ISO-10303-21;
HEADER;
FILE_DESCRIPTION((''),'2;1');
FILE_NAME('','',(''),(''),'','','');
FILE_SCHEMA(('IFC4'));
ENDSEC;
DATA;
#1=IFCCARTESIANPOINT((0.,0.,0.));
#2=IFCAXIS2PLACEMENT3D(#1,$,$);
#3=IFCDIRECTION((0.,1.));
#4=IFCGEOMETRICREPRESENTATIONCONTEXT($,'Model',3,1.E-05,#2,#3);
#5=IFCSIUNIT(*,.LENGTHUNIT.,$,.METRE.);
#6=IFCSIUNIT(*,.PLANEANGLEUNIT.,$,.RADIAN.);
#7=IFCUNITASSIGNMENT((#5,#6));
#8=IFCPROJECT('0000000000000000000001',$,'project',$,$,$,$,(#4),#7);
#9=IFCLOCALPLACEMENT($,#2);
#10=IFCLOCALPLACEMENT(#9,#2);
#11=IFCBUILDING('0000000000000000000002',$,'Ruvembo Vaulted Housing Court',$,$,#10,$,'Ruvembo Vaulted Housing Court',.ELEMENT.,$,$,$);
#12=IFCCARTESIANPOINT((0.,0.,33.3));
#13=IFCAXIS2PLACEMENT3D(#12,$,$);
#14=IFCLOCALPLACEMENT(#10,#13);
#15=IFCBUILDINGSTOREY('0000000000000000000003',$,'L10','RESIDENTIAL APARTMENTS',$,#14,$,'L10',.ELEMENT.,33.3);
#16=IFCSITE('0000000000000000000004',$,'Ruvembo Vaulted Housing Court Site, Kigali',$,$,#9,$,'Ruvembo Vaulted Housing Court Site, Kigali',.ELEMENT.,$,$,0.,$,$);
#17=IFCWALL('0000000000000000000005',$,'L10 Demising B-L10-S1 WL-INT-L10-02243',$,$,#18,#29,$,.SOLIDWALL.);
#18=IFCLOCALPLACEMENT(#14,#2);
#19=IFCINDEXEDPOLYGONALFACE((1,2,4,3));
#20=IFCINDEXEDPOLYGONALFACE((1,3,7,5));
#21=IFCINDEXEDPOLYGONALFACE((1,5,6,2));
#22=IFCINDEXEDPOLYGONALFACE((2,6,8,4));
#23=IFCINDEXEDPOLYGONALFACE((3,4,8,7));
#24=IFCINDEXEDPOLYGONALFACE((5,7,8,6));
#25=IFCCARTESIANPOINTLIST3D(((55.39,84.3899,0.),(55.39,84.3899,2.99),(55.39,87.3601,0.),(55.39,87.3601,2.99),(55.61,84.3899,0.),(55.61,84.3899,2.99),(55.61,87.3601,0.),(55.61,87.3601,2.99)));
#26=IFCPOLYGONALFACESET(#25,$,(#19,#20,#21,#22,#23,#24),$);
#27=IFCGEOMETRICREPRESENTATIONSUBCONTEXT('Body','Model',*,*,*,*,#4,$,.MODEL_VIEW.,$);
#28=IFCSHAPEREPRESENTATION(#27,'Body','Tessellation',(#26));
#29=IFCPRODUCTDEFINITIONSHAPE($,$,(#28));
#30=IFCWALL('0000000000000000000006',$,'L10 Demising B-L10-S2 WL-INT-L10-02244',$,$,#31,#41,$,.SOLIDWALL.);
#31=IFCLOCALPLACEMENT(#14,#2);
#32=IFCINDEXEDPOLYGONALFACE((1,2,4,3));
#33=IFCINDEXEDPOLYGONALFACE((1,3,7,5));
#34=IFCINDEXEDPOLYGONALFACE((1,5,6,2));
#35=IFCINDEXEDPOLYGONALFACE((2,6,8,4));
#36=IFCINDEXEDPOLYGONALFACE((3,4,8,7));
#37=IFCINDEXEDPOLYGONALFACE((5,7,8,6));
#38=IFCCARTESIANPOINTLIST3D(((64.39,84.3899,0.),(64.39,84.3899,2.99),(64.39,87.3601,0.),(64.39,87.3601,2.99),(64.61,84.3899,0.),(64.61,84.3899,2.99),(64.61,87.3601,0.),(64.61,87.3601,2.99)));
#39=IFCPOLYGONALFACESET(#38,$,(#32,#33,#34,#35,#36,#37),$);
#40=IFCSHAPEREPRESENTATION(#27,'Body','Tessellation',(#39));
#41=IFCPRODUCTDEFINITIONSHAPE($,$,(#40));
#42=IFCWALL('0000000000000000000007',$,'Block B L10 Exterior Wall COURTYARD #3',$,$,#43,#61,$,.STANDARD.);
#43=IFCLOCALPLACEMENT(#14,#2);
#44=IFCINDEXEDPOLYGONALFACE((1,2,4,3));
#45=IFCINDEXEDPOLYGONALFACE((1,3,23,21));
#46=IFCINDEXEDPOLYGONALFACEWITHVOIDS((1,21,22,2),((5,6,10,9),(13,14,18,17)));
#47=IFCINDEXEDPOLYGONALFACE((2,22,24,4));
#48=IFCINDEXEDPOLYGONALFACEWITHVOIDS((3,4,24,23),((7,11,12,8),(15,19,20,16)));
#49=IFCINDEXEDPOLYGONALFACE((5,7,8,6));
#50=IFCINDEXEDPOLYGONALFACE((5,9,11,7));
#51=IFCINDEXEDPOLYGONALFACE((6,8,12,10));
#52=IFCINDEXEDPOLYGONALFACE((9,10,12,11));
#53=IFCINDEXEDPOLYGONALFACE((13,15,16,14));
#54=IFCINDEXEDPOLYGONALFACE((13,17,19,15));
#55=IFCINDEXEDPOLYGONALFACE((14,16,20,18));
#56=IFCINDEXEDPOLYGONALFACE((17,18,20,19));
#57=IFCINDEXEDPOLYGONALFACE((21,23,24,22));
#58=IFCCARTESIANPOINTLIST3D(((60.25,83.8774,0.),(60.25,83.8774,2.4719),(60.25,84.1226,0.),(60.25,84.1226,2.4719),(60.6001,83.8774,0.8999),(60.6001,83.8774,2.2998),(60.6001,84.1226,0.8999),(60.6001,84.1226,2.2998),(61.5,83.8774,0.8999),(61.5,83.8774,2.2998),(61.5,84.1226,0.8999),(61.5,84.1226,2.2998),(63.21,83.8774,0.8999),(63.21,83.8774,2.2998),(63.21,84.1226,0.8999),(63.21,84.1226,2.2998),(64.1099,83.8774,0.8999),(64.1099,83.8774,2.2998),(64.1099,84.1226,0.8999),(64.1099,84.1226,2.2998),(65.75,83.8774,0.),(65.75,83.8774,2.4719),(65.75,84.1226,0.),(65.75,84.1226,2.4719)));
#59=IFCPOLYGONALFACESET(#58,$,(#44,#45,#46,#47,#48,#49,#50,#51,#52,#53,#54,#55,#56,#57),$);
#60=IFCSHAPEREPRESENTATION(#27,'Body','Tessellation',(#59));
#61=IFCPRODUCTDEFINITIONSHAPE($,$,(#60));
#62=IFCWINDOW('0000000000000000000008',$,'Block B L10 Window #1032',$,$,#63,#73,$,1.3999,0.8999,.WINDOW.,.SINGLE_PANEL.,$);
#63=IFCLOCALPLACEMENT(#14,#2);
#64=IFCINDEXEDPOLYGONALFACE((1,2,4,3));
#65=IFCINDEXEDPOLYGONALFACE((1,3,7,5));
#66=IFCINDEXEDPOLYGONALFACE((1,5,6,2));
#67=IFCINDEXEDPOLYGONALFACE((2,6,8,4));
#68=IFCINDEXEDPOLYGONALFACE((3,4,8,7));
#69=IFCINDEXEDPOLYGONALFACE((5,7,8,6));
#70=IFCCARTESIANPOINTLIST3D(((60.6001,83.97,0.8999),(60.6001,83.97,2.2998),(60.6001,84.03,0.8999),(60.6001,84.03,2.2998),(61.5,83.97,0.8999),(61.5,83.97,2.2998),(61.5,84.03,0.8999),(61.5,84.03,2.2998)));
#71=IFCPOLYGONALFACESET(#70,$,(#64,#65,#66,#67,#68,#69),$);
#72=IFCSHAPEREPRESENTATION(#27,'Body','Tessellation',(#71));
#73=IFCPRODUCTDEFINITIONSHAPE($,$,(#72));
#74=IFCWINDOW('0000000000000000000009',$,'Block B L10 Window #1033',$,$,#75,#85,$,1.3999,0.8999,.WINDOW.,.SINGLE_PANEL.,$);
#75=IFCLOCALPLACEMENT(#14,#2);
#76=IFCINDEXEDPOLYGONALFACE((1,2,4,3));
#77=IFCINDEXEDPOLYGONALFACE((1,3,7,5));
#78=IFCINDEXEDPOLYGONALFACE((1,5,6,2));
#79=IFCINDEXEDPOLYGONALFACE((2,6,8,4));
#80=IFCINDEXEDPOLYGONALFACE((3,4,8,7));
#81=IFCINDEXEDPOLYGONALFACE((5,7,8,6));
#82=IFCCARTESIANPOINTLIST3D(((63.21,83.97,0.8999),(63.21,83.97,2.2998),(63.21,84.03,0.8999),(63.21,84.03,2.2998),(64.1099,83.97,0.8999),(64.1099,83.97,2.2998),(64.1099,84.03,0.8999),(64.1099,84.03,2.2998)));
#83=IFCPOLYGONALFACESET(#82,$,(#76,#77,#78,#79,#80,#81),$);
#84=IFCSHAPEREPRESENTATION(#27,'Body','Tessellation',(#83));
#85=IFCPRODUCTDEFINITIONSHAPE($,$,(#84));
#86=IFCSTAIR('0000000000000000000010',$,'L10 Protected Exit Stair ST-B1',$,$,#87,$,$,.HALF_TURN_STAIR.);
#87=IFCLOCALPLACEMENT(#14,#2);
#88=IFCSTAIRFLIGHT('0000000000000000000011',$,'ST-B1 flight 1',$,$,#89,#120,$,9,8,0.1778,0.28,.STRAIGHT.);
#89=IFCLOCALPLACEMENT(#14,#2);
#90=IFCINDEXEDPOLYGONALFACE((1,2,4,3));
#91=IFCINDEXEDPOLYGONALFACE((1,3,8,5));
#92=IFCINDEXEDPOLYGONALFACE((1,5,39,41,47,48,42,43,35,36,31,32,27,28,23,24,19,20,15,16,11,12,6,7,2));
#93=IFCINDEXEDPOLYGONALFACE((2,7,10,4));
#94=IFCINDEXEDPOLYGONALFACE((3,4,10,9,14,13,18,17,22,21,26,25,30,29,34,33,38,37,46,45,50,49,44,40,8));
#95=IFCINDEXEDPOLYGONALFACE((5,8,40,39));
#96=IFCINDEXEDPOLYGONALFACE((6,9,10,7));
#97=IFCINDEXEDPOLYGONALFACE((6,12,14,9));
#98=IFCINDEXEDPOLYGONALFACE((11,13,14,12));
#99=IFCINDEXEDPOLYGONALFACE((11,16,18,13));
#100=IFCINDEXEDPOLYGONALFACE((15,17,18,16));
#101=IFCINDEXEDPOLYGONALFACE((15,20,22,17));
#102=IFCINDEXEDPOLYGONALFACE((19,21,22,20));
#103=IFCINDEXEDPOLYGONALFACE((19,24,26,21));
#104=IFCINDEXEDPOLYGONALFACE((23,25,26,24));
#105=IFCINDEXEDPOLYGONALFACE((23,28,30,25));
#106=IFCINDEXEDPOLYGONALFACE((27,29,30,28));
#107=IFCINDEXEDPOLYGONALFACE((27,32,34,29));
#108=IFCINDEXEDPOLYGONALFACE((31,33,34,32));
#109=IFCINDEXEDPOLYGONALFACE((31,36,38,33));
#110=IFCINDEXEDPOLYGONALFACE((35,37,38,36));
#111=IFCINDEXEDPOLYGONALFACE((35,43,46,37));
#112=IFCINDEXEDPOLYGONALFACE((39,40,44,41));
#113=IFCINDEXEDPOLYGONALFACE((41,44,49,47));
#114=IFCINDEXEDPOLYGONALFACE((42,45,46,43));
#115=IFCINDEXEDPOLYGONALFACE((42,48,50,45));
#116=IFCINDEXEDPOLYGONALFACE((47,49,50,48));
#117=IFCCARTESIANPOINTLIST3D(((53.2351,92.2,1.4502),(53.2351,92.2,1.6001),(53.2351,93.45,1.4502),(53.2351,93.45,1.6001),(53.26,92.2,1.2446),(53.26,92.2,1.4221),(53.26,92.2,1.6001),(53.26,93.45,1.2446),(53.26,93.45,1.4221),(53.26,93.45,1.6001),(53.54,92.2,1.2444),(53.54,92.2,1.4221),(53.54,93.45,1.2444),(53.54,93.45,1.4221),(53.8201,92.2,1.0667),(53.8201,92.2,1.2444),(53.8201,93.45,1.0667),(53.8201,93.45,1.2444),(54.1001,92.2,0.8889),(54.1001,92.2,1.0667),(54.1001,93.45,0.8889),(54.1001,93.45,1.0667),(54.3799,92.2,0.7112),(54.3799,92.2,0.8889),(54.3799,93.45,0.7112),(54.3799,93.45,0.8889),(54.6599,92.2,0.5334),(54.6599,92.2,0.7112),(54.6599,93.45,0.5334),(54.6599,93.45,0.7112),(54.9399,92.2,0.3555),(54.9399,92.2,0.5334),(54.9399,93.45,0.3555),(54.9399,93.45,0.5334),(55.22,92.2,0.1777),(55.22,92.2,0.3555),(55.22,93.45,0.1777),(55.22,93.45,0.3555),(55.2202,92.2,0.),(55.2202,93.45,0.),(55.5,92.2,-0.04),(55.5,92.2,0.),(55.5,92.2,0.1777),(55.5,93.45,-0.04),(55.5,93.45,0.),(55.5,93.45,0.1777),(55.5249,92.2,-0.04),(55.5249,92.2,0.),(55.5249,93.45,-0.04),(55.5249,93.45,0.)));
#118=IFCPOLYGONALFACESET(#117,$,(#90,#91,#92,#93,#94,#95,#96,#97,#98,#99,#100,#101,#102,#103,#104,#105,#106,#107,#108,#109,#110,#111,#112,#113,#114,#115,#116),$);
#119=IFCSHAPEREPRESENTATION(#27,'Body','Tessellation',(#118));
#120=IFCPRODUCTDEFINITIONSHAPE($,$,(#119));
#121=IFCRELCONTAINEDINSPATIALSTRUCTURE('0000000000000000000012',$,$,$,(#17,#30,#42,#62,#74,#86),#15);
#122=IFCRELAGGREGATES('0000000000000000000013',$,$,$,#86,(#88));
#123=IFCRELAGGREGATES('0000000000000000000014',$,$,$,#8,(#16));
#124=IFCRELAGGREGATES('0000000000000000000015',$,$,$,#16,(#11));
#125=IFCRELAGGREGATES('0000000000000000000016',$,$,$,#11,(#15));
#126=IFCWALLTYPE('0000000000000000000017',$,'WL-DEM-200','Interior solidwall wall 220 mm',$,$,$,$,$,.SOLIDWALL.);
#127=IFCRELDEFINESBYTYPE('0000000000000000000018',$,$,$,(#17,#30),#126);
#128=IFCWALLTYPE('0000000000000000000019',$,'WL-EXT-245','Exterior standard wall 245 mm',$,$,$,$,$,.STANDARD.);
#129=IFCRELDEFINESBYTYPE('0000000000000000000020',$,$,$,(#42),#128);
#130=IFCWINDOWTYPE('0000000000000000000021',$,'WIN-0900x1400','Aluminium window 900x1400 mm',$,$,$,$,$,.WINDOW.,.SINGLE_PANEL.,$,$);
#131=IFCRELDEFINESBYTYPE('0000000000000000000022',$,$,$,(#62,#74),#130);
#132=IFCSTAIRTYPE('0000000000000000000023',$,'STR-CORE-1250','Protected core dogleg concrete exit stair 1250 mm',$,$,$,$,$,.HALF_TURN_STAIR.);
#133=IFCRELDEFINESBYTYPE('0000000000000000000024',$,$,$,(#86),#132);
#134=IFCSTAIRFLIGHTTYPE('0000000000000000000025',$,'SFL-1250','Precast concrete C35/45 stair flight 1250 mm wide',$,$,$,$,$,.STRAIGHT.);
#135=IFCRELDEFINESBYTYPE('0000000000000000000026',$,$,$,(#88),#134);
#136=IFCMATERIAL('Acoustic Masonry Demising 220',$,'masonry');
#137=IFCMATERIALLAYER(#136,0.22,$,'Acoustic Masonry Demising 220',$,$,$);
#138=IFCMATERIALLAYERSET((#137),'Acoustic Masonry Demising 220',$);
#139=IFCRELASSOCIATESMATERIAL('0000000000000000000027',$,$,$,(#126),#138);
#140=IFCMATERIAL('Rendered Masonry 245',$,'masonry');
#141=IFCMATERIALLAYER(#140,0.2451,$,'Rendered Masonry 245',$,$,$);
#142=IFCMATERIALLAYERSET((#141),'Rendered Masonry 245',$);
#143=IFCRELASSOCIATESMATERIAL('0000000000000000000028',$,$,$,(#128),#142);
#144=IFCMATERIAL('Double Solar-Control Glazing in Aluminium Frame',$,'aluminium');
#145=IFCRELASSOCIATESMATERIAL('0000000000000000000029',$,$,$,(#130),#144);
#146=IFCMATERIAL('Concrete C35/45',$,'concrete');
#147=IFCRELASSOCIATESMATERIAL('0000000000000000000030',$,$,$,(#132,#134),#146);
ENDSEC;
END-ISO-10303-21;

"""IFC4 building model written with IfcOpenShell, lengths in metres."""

from ifc_helpers import new_model, si_unit, direction, frame, frame_2d, origin, place, context, subcontext, project, spatial, polyline, rectangle, outline, extrude, material, layer, layer_set, type_object, element, fill, aggregate, save


model = new_model("IFC4")

# Units and contexts
model_context = context("Model", 3, precision=1e-05, world=origin(), true_north=direction((0.0, 1.0)))
body_context = subcontext(model_context, "Body", "Model", "MODEL_VIEW")
ifc_project = project(units=[si_unit("LENGTHUNIT", "METRE"), si_unit("PLANEANGLEUNIT", "RADIAN")], contexts=[model_context])

# Site, building, storey
site_placement = place(None, origin())
site = spatial("IfcSite", under=ifc_project, at=site_placement, Name="Ruvembo Vaulted Housing Court Site, Kigali", LongName="Ruvembo Vaulted Housing Court Site, Kigali", CompositionType="ELEMENT", RefElevation=0.0)
building_placement = place(site_placement, origin())
building = spatial("IfcBuilding", under=site, at=building_placement, Name="Ruvembo Vaulted Housing Court", LongName="Ruvembo Vaulted Housing Court", CompositionType="ELEMENT")
storey_placement = place(building_placement, frame((0.0, 0.0, 33.3)))
storey = spatial("IfcBuildingStorey", under=building, at=storey_placement, Name="L10", Description="RESIDENTIAL APARTMENTS", LongName="L10", CompositionType="ELEMENT", Elevation=33.3)

# Shared definitions
ifc_material_1 = material(Name="Concrete C35/45", Category="concrete")

# Walls
ifc_material_2 = material(Name="Acoustic Masonry Demising 220", Category="masonry")
ifc_layer_1 = layer(ifc_material_2, 0.22, Name="Acoustic Masonry Demising 220")
ifc_layer_set_1 = layer_set([ifc_layer_1], Name="Acoustic Masonry Demising 220")
wall_type_1 = type_object("IfcWallType", Name="WL-DEM-200", Description="Interior solidwall wall 220 mm", PredefinedType="SOLIDWALL", material=ifc_layer_set_1)
for number, where, z_axis, x_axis, name in (
    (1, (55.5, 84.3899, 0.0), (0.0, 0.0, 1.0), (0.0, 1.0, 0.0), "L10 Demising B-L10-S1 WL-INT-L10-02243"),
    (2, (64.5, 84.3899, 0.0), (0.0, 0.0, 1.0), (0.0, 1.0, 0.0), "L10 Demising B-L10-S2 WL-INT-L10-02244"),
):
    element("IfcWall", number, at=place(storey_placement, frame(where, z_axis=z_axis, x_axis=x_axis)), inside=storey, type_object=wall_type_1, Name=name, PredefinedType="SOLIDWALL", context=body_context, shape_type="SweptSolid", body=[
        extrude(rectangle(XDim=2.9702, YDim=0.22, at=frame_2d((1.4851, 0.0))), origin(), (0.0, 0.0, 1.0), 2.99),
    ])

# Wall, openings, windows
ifc_material_3 = material(Name="Rendered Masonry 245", Category="masonry")
ifc_layer_2 = layer(ifc_material_3, 0.2451, Name="Rendered Masonry 245")
ifc_layer_set_2 = layer_set([ifc_layer_2], Name="Rendered Masonry 245")
wall_type_2 = type_object("IfcWallType", Name="WL-EXT-245", Description="Exterior standard wall 245 mm", PredefinedType="STANDARD", material=ifc_layer_set_2)
wall_1_placement = place(storey_placement, frame((60.25, 84.0, 0.0), z_axis=(0.0, 0.0, 1.0), x_axis=(1.0, 0.0, 0.0)))
wall_1 = element("IfcWall", 3, at=wall_1_placement, inside=storey, type_object=wall_type_2, Name="Block B L10 Exterior Wall COURTYARD #3", PredefinedType="STANDARD", context=body_context, shape_type="SweptSolid", body=[
    extrude(rectangle(XDim=5.5, YDim=0.2451, at=frame_2d((2.75, 0.0))), origin(), (0.0, 0.0, 1.0), 2.4719),
])
opening_1_placement = place(wall_1_placement, frame((0.3501, 0.0, 0.8999)))
opening_1 = element("IfcOpeningElement", 4, at=opening_1_placement, cuts=wall_1, PredefinedType="OPENING", context=body_context, shape_type="SweptSolid", body=[
    extrude(rectangle(XDim=0.8999, YDim=1.3999, at=frame_2d((0.45, 0.7))), frame((0.0, 0.1326, 0.0), z_axis=(0.0, -1.0, 0.0), x_axis=(1.0, 0.0, 0.0)), (0.0, 0.0, 1.0), 0.2651),
])
opening_2_placement = place(wall_1_placement, frame((2.96, 0.0, 0.8999)))
opening_2 = element("IfcOpeningElement", 5, at=opening_2_placement, cuts=wall_1, PredefinedType="OPENING", context=body_context, shape_type="SweptSolid", body=[
    extrude(rectangle(XDim=0.8999, YDim=1.3999, at=frame_2d((0.45, 0.7))), frame((0.0, 0.1326, 0.0), z_axis=(0.0, -1.0, 0.0), x_axis=(1.0, 0.0, 0.0)), (0.0, 0.0, 1.0), 0.2651),
])
ifc_material_4 = material(Name="Double Solar-Control Glazing in Aluminium Frame", Category="aluminium")
window_type = type_object("IfcWindowType", Name="WIN-0900x1400", Description="Aluminium window 900x1400 mm", PartitioningType="SINGLE_PANEL", PredefinedType="WINDOW", material=ifc_material_4)
window_1_placement = place(opening_1_placement, origin())
window_1 = element("IfcWindow", 6, at=window_1_placement, inside=storey, type_object=window_type, Name="Block B L10 Window #1032", OverallHeight=1.3999, OverallWidth=0.8999, PartitioningType="SINGLE_PANEL", PredefinedType="WINDOW", context=body_context, shape_type="SweptSolid", body=[
    extrude(rectangle(XDim=0.8999, YDim=1.3999, at=frame_2d((0.45, 0.7))), frame((0.0, 0.03, 0.0), z_axis=(0.0, -1.0, 0.0), x_axis=(1.0, 0.0, 0.0)), (0.0, 0.0, 1.0), 0.0601),
])
fill(opening_1, window_1)
window_2_placement = place(opening_2_placement, origin())
window_2 = element("IfcWindow", 7, at=window_2_placement, inside=storey, type_object=window_type, Name="Block B L10 Window #1033", OverallHeight=1.3999, OverallWidth=0.8999, PartitioningType="SINGLE_PANEL", PredefinedType="WINDOW", context=body_context, shape_type="SweptSolid", body=[
    extrude(rectangle(XDim=0.8999, YDim=1.3999, at=frame_2d((0.45, 0.7))), frame((0.0, 0.03, 0.0), z_axis=(0.0, -1.0, 0.0), x_axis=(1.0, 0.0, 0.0)), (0.0, 0.0, 1.0), 0.0601),
])
fill(opening_2, window_2)

# Stair, stair flight
stair_type = type_object("IfcStairType", Name="STR-CORE-1250", Description="Protected core dogleg concrete exit stair 1250 mm", PredefinedType="HALF_TURN_STAIR", material=ifc_material_1)
stair_placement = place(storey_placement, origin())
stair = element("IfcStair", 8, at=stair_placement, inside=storey, type_object=stair_type, Name="L10 Protected Exit Stair ST-B1", PredefinedType="HALF_TURN_STAIR")
stair_flight_type = type_object("IfcStairFlightType", Name="SFL-1250", Description="Precast concrete C35/45 stair flight 1250 mm wide", PredefinedType="STRAIGHT", material=ifc_material_1)
stair_flight_placement = place(storey_placement, frame((55.5, 92.825, 0.0), z_axis=(0.0, 0.0, 1.0), x_axis=(-1.0, 0.0, 0.0)))
stair_flight = element("IfcStairFlight", 9, at=stair_flight_placement, type_object=stair_flight_type, Name="ST-B1 flight 1", NumberOfRisers=9, NumberOfTreads=8, PredefinedType="STRAIGHT", RiserHeight=0.1778, TreadLength=0.28, context=body_context, shape_type="SweptSolid", body=[
    extrude(outline(polyline([(-0.0249, -0.04), (-0.0249, 0.0), (0.0, 0.0), (0.0, 0.1777), (0.28, 0.1777), (0.28, 0.3555), (0.5601, 0.3555), (0.5601, 0.5334), (0.8401, 0.5334), (0.8401, 0.7112), (1.1201, 0.7112), (1.1201, 0.8889), (1.3999, 0.8889), (1.3999, 1.0667), (1.6799, 1.0667), (1.6799, 1.2444), (1.96, 1.2444), (1.96, 1.4221), (2.24, 1.4221), (2.24, 1.6001), (2.2649, 1.6001), (2.2649, 1.4502), (2.24, 1.2446), (0.2798, 0.0), (0.0, -0.04), (-0.0249, -0.04)])), frame((0.0, 0.625, 0.0), z_axis=(0.0, -1.0, 0.0), x_axis=(1.0, 0.0, 0.0)), (0.0, 0.0, 1.0), 1.25),
])
aggregate(stair, [stair_flight])

save(model, "model.ifc")
